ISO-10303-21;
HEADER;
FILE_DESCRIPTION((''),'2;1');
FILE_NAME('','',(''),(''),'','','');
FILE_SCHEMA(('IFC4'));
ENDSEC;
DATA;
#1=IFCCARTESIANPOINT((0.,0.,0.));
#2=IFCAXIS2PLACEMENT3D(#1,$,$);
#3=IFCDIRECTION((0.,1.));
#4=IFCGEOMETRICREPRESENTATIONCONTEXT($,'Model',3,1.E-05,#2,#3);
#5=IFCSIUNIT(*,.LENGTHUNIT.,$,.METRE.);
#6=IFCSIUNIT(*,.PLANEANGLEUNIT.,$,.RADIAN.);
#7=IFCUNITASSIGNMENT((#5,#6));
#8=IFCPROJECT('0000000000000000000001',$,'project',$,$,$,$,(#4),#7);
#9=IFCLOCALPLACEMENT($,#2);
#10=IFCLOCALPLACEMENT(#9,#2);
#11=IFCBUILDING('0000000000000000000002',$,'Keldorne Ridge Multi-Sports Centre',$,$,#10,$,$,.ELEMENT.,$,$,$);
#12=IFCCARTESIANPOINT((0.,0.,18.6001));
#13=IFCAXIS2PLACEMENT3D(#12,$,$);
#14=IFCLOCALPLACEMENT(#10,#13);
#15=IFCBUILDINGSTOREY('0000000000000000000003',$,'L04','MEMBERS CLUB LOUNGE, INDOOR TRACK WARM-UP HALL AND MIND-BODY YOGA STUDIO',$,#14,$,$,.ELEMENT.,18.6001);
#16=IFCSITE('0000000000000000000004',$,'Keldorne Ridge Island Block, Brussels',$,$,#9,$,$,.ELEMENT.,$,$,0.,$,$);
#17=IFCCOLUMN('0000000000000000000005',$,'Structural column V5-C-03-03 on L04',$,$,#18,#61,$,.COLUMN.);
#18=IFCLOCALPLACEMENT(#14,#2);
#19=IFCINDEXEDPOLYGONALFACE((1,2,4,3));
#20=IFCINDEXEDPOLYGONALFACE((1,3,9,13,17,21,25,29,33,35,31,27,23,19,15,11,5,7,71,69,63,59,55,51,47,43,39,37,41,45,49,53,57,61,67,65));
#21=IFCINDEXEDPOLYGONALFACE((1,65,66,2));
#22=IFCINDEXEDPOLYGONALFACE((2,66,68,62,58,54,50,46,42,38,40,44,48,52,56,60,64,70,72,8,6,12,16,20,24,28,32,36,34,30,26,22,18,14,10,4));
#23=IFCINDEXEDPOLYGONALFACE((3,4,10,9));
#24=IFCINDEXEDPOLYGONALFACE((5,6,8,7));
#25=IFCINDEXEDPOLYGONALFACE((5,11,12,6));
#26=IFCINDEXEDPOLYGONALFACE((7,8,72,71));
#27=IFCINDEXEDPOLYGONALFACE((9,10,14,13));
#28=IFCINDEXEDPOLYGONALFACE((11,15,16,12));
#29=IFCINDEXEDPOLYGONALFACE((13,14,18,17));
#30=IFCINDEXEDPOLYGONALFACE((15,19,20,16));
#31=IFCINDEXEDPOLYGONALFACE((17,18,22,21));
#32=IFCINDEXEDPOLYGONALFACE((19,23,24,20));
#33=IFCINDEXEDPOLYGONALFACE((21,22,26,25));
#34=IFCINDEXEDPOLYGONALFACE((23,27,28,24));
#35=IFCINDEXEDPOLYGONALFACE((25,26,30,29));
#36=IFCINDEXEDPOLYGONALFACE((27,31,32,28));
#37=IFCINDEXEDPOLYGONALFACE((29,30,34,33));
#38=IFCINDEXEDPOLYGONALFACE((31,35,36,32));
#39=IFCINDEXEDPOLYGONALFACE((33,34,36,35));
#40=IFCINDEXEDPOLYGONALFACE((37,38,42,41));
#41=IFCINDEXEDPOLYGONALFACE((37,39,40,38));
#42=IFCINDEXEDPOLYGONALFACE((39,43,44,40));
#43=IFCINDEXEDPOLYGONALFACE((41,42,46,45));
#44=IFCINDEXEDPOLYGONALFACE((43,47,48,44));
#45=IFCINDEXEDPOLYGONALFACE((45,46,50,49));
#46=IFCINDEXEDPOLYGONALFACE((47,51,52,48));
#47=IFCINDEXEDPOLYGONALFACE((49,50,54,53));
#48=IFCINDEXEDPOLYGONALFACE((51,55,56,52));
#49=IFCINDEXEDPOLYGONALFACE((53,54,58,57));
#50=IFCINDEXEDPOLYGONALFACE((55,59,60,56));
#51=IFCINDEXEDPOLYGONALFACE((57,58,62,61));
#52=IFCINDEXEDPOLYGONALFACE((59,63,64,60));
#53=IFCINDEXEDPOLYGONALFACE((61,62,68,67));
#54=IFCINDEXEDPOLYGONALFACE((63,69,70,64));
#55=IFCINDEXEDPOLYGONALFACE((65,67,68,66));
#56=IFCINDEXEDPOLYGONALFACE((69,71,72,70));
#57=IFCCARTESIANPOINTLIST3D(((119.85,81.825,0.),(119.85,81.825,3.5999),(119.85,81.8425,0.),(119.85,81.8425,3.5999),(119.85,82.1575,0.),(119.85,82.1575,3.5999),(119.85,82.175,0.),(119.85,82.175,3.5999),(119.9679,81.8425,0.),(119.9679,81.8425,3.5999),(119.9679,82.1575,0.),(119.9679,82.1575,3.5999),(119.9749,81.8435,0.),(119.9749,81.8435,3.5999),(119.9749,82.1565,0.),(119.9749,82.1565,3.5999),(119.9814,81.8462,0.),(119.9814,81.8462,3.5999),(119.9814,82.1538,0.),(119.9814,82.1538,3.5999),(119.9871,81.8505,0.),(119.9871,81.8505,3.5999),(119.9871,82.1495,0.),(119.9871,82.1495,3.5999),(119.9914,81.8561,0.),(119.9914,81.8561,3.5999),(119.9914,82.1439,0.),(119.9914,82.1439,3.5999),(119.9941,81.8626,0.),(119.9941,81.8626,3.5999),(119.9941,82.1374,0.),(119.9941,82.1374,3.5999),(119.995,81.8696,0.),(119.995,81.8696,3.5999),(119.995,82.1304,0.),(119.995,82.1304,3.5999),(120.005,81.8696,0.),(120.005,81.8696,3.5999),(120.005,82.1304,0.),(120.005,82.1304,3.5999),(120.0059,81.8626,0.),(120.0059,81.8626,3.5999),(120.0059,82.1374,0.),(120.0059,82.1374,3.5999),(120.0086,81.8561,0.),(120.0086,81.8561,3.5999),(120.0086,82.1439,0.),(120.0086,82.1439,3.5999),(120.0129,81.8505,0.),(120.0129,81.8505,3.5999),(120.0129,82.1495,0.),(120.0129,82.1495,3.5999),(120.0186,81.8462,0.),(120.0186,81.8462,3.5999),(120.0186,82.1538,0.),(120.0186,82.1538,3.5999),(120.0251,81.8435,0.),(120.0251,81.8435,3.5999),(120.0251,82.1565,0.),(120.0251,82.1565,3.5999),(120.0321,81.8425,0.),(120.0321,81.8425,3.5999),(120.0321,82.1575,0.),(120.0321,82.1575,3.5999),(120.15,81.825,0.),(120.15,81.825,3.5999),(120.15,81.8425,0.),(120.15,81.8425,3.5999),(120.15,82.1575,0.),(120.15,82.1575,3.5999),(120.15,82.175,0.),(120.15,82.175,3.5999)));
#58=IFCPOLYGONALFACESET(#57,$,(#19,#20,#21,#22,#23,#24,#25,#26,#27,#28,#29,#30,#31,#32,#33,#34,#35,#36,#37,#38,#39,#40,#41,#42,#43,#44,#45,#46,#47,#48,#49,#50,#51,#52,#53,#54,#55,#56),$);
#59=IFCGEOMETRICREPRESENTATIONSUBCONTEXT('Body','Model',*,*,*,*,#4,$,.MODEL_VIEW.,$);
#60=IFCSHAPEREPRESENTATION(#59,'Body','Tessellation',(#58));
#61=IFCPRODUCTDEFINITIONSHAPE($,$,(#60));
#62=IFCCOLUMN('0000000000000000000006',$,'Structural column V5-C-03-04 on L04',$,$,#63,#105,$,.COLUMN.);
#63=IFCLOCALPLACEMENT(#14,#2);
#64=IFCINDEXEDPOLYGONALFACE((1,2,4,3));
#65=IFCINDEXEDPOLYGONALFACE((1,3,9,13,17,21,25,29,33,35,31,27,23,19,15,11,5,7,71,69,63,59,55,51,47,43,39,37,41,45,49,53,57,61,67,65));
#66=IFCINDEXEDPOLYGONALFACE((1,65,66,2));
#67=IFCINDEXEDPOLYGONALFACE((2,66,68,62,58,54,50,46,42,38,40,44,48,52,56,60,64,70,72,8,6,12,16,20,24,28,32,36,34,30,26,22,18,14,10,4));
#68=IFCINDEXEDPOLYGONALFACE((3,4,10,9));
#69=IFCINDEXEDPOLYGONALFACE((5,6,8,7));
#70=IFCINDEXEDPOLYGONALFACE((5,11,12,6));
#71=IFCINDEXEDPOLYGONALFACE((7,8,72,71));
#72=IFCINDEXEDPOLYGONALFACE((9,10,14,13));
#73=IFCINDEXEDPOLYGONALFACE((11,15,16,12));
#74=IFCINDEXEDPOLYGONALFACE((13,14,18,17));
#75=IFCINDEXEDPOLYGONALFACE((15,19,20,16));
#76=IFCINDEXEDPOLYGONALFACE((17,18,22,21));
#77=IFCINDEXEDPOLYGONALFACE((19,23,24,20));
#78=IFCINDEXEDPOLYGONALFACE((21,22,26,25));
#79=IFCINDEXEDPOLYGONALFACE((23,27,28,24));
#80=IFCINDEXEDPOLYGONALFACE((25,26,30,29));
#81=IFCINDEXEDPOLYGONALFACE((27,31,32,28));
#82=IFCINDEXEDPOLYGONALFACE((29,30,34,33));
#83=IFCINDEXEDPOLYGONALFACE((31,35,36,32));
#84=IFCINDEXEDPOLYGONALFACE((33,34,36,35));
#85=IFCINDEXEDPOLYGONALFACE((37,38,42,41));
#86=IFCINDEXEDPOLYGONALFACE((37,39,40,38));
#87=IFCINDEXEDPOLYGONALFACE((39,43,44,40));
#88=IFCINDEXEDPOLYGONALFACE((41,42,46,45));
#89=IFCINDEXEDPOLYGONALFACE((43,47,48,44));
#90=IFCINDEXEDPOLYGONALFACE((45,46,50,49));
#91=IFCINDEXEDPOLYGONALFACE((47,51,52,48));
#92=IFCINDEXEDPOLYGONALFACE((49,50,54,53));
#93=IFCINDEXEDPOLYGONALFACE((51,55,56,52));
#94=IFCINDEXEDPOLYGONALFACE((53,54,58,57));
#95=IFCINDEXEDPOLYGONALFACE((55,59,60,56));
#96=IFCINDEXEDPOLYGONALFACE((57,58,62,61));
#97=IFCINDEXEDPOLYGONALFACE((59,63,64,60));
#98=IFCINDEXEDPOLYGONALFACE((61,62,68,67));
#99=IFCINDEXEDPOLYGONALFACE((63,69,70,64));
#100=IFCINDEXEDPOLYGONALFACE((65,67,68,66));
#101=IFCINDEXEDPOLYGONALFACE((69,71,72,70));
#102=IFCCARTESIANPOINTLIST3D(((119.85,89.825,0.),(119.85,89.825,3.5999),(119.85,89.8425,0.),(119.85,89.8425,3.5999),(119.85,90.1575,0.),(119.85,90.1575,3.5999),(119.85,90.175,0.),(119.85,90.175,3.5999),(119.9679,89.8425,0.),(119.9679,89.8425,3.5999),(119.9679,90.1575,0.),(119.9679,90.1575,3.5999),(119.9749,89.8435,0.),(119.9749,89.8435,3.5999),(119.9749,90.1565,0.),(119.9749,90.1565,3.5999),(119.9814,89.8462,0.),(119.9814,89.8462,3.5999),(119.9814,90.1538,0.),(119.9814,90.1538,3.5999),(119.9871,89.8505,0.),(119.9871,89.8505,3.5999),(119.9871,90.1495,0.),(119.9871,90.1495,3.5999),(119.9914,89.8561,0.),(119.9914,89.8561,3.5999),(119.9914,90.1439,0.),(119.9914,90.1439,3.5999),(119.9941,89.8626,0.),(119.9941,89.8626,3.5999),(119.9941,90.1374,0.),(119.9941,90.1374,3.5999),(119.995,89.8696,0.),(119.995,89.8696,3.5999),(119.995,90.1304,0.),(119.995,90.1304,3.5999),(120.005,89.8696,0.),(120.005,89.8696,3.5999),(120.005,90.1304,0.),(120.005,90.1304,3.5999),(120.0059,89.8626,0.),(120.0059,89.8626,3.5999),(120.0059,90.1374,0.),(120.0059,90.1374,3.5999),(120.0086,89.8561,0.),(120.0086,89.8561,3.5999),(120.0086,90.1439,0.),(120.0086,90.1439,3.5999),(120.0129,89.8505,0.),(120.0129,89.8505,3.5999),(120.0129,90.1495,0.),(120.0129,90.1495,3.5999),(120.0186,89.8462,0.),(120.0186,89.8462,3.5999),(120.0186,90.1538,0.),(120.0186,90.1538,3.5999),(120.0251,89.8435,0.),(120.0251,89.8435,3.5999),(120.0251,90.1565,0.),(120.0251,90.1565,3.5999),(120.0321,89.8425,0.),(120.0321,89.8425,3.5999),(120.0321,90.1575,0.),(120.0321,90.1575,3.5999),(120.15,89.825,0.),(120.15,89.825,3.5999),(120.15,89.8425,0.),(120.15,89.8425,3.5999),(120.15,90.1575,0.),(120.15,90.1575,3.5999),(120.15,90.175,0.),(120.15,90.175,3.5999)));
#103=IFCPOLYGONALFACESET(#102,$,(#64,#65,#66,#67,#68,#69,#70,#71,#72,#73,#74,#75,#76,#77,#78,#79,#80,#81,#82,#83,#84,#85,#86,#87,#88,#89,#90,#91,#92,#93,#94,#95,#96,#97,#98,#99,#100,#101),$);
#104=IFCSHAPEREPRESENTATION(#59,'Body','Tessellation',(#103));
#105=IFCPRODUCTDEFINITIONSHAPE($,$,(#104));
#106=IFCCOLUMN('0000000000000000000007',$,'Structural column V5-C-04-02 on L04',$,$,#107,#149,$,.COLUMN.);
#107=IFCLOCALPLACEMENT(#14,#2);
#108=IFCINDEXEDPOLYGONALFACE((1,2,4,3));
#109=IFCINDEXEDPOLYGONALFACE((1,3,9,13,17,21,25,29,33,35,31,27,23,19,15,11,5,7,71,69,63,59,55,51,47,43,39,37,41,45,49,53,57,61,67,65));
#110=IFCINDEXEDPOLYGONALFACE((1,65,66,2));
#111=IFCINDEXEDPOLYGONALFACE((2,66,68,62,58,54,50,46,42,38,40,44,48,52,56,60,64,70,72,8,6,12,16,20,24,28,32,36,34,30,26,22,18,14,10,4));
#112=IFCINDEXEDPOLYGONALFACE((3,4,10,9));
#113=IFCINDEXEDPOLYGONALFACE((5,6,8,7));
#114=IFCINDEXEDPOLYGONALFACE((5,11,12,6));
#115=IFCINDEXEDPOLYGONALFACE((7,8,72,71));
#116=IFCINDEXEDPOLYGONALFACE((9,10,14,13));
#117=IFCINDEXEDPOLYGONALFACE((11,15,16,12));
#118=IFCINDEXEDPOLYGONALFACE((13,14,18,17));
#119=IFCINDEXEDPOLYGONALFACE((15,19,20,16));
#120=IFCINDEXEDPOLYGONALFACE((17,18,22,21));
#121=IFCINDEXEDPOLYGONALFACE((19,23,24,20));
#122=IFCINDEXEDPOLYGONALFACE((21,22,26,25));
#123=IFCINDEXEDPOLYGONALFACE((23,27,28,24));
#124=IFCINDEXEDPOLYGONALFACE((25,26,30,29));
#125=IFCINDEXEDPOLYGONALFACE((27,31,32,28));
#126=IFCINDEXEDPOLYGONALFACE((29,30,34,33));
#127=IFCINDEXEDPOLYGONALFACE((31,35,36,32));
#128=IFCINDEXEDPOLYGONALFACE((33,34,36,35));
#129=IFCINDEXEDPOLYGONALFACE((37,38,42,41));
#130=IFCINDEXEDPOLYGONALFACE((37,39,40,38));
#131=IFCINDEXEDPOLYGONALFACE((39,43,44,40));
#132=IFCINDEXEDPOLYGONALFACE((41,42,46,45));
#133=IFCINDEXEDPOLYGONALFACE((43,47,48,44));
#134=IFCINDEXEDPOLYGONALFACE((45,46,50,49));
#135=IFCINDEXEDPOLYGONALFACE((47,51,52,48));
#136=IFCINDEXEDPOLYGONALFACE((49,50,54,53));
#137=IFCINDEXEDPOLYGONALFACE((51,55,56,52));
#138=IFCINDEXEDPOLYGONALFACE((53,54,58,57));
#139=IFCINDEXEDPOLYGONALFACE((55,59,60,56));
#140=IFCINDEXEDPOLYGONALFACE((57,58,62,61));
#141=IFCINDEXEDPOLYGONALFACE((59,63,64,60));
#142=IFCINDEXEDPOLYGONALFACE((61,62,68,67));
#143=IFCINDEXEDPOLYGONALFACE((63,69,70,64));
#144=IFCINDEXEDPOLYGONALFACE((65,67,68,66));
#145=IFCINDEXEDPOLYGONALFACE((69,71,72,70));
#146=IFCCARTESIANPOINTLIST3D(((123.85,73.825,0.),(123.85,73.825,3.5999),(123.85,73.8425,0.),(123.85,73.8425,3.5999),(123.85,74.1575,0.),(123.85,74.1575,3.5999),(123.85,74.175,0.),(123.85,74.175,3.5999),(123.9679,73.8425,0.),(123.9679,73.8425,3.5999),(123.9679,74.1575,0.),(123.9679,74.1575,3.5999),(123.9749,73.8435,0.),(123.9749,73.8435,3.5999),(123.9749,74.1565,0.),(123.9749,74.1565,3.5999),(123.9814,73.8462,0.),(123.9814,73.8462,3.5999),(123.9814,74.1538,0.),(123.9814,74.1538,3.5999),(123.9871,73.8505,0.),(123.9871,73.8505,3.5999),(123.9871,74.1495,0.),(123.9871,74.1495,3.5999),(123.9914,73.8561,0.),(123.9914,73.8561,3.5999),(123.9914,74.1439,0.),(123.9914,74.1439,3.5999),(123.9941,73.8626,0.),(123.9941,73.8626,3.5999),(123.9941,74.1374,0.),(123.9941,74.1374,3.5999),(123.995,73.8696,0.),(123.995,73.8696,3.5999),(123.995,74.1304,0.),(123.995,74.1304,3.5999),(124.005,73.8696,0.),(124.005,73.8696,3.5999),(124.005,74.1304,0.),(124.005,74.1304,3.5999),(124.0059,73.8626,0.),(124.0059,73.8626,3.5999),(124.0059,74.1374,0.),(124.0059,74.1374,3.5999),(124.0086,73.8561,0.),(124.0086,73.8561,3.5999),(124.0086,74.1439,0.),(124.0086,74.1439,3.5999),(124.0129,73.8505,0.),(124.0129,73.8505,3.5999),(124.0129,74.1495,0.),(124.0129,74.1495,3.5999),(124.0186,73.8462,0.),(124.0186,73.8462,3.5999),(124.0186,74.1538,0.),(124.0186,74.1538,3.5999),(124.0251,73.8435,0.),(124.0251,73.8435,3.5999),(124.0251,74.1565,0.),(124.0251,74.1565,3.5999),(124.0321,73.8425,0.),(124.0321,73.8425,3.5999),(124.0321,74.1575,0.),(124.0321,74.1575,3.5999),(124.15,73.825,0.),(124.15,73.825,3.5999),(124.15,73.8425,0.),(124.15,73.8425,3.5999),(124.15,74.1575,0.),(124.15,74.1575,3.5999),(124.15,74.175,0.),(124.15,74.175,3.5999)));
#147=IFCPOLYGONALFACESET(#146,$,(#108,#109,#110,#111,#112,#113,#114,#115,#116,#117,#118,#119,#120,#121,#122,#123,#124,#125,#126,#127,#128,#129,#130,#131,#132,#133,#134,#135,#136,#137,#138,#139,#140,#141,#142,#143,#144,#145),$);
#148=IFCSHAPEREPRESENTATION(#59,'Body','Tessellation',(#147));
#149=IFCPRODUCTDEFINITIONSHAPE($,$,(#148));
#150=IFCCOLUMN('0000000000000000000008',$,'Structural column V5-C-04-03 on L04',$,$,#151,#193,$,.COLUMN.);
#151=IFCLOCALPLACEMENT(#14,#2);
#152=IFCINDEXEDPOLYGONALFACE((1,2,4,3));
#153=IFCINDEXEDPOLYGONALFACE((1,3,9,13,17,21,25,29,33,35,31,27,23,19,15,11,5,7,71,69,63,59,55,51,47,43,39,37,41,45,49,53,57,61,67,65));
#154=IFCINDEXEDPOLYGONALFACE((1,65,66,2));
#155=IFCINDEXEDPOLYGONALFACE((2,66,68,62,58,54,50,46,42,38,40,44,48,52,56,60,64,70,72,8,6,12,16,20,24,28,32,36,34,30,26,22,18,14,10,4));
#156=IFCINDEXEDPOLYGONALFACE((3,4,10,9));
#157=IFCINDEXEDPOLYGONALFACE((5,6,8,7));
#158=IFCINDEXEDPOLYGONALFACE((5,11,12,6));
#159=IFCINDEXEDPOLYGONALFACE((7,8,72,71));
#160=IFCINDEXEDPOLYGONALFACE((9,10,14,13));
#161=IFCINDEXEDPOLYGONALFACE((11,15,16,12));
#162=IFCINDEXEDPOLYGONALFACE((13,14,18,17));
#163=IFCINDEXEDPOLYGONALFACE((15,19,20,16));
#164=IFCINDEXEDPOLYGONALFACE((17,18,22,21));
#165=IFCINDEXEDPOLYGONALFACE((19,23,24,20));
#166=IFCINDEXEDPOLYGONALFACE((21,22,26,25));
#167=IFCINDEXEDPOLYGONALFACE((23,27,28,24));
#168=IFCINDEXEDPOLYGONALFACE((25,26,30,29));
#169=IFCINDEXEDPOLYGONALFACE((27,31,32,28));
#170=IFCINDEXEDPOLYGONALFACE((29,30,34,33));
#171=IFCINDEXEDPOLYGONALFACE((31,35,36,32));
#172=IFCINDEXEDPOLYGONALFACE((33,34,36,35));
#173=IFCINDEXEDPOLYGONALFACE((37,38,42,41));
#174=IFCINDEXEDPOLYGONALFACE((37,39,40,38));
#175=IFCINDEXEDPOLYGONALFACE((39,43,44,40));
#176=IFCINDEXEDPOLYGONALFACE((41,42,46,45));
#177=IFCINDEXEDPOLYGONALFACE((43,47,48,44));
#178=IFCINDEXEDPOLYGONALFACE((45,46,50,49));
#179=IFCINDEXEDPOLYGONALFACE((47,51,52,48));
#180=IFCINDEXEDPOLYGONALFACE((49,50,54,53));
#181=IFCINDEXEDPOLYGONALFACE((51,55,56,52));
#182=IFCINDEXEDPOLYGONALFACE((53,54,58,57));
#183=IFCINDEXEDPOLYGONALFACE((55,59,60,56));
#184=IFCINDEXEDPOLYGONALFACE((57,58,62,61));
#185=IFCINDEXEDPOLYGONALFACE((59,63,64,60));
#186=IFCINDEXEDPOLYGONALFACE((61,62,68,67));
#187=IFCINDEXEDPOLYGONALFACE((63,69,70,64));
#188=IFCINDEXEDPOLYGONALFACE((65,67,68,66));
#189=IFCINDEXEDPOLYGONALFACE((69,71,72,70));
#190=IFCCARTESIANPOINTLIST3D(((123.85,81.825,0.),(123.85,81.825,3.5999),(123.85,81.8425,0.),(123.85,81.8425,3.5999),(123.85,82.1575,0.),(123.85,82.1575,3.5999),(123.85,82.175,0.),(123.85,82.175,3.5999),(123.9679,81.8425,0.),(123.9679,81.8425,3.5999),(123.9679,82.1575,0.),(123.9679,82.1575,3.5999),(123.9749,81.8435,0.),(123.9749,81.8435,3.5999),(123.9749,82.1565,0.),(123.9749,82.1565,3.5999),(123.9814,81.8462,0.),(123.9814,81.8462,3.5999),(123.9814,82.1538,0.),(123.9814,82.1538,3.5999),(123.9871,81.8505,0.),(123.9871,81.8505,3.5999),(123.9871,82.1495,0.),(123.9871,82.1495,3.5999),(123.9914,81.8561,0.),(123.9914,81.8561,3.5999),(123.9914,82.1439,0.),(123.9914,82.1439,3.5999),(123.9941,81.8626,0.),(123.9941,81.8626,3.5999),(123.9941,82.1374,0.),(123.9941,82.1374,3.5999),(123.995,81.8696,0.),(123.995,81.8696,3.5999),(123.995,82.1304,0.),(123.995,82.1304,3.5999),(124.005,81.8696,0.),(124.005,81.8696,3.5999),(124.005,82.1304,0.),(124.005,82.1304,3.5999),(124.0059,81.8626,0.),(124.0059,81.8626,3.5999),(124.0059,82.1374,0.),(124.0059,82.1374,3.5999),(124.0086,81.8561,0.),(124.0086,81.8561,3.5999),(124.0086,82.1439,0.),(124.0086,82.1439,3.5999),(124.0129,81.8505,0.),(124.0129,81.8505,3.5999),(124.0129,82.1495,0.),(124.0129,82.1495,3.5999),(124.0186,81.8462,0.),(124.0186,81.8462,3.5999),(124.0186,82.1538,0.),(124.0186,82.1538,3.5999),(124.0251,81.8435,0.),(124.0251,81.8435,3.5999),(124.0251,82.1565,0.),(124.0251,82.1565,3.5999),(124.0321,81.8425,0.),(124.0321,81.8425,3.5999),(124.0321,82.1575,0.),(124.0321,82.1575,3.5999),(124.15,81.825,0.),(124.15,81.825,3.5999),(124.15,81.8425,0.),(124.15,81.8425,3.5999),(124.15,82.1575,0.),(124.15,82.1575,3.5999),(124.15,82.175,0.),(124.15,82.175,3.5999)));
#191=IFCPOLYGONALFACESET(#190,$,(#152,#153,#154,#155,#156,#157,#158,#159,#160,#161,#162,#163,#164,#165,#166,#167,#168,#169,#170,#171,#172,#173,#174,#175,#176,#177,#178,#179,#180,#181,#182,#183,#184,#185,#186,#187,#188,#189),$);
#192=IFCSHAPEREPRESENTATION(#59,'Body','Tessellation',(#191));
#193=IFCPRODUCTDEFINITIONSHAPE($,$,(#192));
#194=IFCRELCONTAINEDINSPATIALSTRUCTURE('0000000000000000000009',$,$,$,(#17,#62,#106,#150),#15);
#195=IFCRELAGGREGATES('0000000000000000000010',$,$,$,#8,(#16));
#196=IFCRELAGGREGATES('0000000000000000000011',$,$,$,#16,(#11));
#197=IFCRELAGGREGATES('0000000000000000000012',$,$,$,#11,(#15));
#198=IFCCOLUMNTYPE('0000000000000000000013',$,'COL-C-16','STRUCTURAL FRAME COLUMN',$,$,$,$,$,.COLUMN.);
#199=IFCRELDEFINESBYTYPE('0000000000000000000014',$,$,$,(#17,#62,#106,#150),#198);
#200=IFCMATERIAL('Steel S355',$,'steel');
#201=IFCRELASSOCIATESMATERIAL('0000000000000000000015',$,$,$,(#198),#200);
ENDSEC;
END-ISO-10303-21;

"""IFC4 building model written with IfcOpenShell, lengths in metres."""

from ifc_helpers import new_model, si_unit, direction, frame, origin, origin_2d, place, context, subcontext, project, spatial, i_section, extrude, material, material_profile, profile_set, type_object, element, save


model = new_model("IFC4")

# Units and contexts
model_context = context("Model", 3, precision=1e-05, world=origin(), true_north=direction((0.0, 1.0)))
body_context = subcontext(model_context, "Body", "Model", "MODEL_VIEW")
ifc_project = project(units=[si_unit("LENGTHUNIT", "METRE"), si_unit("PLANEANGLEUNIT", "RADIAN")], contexts=[model_context])

# Site, building, storey
site_placement = place(None, origin())
site = spatial("IfcSite", under=ifc_project, at=site_placement, Name="Keldorne Ridge Island Block, Brussels", CompositionType="ELEMENT", RefElevation=0.0)
building_placement = place(site_placement, origin())
building = spatial("IfcBuilding", under=site, at=building_placement, Name="Keldorne Ridge Multi-Sports Centre", CompositionType="ELEMENT")
storey_placement = place(building_placement, frame((0.0, 0.0, 18.6001)))
storey = spatial("IfcBuildingStorey", under=building, at=storey_placement, Name="L04", Description="MEMBERS CLUB LOUNGE, INDOOR TRACK WARM-UP HALL AND MIND-BODY YOGA STUDIO", CompositionType="ELEMENT", Elevation=18.6001)

# Columns
ifc_material_1 = material(Name="Steel S355", Category="steel")
ifc_material_profile_1 = material_profile(ifc_material_1, i_section(OverallWidth=0.3, OverallDepth=0.3501, WebThickness=0.01, FlangeThickness=0.0176, FilletRadius=0.0271, at=origin_2d()), Name="HEA 360")
ifc_profile_set_1 = profile_set([ifc_material_profile_1], Name="Steel S355")
column_type = type_object("IfcColumnType", Name="COL-C-16", Description="STRUCTURAL FRAME COLUMN", PredefinedType="COLUMN", material=ifc_profile_set_1)
for number, where, z_axis, x_axis, name in (
    (1, (120.0, 82.0, 0.0), (0.0, 0.0, 1.0), (1.0, 0.0, 0.0), "Structural column V5-C-03-03 on L04"),
    (2, (120.0, 90.0, 0.0), (0.0, 0.0, 1.0), (1.0, 0.0, 0.0), "Structural column V5-C-03-04 on L04"),
    (3, (124.0, 74.0, 0.0), (0.0, 0.0, 1.0), (1.0, 0.0, 0.0), "Structural column V5-C-04-02 on L04"),
    (4, (124.0, 82.0, 0.0), (0.0, 0.0, 1.0), (1.0, 0.0, 0.0), "Structural column V5-C-04-03 on L04"),
):
    element("IfcColumn", number, at=place(storey_placement, frame(where, z_axis=z_axis, x_axis=x_axis)), inside=storey, type_object=column_type, Name=name, PredefinedType="COLUMN", context=body_context, shape_type="SweptSolid", body=[
        extrude(i_section(OverallWidth=0.3, OverallDepth=0.3501, WebThickness=0.01, FlangeThickness=0.0176, FilletRadius=0.0271, at=origin_2d()), origin(), (0.0, 0.0, 1.0), 3.5999),
    ])

save(model, "model.ifc")
